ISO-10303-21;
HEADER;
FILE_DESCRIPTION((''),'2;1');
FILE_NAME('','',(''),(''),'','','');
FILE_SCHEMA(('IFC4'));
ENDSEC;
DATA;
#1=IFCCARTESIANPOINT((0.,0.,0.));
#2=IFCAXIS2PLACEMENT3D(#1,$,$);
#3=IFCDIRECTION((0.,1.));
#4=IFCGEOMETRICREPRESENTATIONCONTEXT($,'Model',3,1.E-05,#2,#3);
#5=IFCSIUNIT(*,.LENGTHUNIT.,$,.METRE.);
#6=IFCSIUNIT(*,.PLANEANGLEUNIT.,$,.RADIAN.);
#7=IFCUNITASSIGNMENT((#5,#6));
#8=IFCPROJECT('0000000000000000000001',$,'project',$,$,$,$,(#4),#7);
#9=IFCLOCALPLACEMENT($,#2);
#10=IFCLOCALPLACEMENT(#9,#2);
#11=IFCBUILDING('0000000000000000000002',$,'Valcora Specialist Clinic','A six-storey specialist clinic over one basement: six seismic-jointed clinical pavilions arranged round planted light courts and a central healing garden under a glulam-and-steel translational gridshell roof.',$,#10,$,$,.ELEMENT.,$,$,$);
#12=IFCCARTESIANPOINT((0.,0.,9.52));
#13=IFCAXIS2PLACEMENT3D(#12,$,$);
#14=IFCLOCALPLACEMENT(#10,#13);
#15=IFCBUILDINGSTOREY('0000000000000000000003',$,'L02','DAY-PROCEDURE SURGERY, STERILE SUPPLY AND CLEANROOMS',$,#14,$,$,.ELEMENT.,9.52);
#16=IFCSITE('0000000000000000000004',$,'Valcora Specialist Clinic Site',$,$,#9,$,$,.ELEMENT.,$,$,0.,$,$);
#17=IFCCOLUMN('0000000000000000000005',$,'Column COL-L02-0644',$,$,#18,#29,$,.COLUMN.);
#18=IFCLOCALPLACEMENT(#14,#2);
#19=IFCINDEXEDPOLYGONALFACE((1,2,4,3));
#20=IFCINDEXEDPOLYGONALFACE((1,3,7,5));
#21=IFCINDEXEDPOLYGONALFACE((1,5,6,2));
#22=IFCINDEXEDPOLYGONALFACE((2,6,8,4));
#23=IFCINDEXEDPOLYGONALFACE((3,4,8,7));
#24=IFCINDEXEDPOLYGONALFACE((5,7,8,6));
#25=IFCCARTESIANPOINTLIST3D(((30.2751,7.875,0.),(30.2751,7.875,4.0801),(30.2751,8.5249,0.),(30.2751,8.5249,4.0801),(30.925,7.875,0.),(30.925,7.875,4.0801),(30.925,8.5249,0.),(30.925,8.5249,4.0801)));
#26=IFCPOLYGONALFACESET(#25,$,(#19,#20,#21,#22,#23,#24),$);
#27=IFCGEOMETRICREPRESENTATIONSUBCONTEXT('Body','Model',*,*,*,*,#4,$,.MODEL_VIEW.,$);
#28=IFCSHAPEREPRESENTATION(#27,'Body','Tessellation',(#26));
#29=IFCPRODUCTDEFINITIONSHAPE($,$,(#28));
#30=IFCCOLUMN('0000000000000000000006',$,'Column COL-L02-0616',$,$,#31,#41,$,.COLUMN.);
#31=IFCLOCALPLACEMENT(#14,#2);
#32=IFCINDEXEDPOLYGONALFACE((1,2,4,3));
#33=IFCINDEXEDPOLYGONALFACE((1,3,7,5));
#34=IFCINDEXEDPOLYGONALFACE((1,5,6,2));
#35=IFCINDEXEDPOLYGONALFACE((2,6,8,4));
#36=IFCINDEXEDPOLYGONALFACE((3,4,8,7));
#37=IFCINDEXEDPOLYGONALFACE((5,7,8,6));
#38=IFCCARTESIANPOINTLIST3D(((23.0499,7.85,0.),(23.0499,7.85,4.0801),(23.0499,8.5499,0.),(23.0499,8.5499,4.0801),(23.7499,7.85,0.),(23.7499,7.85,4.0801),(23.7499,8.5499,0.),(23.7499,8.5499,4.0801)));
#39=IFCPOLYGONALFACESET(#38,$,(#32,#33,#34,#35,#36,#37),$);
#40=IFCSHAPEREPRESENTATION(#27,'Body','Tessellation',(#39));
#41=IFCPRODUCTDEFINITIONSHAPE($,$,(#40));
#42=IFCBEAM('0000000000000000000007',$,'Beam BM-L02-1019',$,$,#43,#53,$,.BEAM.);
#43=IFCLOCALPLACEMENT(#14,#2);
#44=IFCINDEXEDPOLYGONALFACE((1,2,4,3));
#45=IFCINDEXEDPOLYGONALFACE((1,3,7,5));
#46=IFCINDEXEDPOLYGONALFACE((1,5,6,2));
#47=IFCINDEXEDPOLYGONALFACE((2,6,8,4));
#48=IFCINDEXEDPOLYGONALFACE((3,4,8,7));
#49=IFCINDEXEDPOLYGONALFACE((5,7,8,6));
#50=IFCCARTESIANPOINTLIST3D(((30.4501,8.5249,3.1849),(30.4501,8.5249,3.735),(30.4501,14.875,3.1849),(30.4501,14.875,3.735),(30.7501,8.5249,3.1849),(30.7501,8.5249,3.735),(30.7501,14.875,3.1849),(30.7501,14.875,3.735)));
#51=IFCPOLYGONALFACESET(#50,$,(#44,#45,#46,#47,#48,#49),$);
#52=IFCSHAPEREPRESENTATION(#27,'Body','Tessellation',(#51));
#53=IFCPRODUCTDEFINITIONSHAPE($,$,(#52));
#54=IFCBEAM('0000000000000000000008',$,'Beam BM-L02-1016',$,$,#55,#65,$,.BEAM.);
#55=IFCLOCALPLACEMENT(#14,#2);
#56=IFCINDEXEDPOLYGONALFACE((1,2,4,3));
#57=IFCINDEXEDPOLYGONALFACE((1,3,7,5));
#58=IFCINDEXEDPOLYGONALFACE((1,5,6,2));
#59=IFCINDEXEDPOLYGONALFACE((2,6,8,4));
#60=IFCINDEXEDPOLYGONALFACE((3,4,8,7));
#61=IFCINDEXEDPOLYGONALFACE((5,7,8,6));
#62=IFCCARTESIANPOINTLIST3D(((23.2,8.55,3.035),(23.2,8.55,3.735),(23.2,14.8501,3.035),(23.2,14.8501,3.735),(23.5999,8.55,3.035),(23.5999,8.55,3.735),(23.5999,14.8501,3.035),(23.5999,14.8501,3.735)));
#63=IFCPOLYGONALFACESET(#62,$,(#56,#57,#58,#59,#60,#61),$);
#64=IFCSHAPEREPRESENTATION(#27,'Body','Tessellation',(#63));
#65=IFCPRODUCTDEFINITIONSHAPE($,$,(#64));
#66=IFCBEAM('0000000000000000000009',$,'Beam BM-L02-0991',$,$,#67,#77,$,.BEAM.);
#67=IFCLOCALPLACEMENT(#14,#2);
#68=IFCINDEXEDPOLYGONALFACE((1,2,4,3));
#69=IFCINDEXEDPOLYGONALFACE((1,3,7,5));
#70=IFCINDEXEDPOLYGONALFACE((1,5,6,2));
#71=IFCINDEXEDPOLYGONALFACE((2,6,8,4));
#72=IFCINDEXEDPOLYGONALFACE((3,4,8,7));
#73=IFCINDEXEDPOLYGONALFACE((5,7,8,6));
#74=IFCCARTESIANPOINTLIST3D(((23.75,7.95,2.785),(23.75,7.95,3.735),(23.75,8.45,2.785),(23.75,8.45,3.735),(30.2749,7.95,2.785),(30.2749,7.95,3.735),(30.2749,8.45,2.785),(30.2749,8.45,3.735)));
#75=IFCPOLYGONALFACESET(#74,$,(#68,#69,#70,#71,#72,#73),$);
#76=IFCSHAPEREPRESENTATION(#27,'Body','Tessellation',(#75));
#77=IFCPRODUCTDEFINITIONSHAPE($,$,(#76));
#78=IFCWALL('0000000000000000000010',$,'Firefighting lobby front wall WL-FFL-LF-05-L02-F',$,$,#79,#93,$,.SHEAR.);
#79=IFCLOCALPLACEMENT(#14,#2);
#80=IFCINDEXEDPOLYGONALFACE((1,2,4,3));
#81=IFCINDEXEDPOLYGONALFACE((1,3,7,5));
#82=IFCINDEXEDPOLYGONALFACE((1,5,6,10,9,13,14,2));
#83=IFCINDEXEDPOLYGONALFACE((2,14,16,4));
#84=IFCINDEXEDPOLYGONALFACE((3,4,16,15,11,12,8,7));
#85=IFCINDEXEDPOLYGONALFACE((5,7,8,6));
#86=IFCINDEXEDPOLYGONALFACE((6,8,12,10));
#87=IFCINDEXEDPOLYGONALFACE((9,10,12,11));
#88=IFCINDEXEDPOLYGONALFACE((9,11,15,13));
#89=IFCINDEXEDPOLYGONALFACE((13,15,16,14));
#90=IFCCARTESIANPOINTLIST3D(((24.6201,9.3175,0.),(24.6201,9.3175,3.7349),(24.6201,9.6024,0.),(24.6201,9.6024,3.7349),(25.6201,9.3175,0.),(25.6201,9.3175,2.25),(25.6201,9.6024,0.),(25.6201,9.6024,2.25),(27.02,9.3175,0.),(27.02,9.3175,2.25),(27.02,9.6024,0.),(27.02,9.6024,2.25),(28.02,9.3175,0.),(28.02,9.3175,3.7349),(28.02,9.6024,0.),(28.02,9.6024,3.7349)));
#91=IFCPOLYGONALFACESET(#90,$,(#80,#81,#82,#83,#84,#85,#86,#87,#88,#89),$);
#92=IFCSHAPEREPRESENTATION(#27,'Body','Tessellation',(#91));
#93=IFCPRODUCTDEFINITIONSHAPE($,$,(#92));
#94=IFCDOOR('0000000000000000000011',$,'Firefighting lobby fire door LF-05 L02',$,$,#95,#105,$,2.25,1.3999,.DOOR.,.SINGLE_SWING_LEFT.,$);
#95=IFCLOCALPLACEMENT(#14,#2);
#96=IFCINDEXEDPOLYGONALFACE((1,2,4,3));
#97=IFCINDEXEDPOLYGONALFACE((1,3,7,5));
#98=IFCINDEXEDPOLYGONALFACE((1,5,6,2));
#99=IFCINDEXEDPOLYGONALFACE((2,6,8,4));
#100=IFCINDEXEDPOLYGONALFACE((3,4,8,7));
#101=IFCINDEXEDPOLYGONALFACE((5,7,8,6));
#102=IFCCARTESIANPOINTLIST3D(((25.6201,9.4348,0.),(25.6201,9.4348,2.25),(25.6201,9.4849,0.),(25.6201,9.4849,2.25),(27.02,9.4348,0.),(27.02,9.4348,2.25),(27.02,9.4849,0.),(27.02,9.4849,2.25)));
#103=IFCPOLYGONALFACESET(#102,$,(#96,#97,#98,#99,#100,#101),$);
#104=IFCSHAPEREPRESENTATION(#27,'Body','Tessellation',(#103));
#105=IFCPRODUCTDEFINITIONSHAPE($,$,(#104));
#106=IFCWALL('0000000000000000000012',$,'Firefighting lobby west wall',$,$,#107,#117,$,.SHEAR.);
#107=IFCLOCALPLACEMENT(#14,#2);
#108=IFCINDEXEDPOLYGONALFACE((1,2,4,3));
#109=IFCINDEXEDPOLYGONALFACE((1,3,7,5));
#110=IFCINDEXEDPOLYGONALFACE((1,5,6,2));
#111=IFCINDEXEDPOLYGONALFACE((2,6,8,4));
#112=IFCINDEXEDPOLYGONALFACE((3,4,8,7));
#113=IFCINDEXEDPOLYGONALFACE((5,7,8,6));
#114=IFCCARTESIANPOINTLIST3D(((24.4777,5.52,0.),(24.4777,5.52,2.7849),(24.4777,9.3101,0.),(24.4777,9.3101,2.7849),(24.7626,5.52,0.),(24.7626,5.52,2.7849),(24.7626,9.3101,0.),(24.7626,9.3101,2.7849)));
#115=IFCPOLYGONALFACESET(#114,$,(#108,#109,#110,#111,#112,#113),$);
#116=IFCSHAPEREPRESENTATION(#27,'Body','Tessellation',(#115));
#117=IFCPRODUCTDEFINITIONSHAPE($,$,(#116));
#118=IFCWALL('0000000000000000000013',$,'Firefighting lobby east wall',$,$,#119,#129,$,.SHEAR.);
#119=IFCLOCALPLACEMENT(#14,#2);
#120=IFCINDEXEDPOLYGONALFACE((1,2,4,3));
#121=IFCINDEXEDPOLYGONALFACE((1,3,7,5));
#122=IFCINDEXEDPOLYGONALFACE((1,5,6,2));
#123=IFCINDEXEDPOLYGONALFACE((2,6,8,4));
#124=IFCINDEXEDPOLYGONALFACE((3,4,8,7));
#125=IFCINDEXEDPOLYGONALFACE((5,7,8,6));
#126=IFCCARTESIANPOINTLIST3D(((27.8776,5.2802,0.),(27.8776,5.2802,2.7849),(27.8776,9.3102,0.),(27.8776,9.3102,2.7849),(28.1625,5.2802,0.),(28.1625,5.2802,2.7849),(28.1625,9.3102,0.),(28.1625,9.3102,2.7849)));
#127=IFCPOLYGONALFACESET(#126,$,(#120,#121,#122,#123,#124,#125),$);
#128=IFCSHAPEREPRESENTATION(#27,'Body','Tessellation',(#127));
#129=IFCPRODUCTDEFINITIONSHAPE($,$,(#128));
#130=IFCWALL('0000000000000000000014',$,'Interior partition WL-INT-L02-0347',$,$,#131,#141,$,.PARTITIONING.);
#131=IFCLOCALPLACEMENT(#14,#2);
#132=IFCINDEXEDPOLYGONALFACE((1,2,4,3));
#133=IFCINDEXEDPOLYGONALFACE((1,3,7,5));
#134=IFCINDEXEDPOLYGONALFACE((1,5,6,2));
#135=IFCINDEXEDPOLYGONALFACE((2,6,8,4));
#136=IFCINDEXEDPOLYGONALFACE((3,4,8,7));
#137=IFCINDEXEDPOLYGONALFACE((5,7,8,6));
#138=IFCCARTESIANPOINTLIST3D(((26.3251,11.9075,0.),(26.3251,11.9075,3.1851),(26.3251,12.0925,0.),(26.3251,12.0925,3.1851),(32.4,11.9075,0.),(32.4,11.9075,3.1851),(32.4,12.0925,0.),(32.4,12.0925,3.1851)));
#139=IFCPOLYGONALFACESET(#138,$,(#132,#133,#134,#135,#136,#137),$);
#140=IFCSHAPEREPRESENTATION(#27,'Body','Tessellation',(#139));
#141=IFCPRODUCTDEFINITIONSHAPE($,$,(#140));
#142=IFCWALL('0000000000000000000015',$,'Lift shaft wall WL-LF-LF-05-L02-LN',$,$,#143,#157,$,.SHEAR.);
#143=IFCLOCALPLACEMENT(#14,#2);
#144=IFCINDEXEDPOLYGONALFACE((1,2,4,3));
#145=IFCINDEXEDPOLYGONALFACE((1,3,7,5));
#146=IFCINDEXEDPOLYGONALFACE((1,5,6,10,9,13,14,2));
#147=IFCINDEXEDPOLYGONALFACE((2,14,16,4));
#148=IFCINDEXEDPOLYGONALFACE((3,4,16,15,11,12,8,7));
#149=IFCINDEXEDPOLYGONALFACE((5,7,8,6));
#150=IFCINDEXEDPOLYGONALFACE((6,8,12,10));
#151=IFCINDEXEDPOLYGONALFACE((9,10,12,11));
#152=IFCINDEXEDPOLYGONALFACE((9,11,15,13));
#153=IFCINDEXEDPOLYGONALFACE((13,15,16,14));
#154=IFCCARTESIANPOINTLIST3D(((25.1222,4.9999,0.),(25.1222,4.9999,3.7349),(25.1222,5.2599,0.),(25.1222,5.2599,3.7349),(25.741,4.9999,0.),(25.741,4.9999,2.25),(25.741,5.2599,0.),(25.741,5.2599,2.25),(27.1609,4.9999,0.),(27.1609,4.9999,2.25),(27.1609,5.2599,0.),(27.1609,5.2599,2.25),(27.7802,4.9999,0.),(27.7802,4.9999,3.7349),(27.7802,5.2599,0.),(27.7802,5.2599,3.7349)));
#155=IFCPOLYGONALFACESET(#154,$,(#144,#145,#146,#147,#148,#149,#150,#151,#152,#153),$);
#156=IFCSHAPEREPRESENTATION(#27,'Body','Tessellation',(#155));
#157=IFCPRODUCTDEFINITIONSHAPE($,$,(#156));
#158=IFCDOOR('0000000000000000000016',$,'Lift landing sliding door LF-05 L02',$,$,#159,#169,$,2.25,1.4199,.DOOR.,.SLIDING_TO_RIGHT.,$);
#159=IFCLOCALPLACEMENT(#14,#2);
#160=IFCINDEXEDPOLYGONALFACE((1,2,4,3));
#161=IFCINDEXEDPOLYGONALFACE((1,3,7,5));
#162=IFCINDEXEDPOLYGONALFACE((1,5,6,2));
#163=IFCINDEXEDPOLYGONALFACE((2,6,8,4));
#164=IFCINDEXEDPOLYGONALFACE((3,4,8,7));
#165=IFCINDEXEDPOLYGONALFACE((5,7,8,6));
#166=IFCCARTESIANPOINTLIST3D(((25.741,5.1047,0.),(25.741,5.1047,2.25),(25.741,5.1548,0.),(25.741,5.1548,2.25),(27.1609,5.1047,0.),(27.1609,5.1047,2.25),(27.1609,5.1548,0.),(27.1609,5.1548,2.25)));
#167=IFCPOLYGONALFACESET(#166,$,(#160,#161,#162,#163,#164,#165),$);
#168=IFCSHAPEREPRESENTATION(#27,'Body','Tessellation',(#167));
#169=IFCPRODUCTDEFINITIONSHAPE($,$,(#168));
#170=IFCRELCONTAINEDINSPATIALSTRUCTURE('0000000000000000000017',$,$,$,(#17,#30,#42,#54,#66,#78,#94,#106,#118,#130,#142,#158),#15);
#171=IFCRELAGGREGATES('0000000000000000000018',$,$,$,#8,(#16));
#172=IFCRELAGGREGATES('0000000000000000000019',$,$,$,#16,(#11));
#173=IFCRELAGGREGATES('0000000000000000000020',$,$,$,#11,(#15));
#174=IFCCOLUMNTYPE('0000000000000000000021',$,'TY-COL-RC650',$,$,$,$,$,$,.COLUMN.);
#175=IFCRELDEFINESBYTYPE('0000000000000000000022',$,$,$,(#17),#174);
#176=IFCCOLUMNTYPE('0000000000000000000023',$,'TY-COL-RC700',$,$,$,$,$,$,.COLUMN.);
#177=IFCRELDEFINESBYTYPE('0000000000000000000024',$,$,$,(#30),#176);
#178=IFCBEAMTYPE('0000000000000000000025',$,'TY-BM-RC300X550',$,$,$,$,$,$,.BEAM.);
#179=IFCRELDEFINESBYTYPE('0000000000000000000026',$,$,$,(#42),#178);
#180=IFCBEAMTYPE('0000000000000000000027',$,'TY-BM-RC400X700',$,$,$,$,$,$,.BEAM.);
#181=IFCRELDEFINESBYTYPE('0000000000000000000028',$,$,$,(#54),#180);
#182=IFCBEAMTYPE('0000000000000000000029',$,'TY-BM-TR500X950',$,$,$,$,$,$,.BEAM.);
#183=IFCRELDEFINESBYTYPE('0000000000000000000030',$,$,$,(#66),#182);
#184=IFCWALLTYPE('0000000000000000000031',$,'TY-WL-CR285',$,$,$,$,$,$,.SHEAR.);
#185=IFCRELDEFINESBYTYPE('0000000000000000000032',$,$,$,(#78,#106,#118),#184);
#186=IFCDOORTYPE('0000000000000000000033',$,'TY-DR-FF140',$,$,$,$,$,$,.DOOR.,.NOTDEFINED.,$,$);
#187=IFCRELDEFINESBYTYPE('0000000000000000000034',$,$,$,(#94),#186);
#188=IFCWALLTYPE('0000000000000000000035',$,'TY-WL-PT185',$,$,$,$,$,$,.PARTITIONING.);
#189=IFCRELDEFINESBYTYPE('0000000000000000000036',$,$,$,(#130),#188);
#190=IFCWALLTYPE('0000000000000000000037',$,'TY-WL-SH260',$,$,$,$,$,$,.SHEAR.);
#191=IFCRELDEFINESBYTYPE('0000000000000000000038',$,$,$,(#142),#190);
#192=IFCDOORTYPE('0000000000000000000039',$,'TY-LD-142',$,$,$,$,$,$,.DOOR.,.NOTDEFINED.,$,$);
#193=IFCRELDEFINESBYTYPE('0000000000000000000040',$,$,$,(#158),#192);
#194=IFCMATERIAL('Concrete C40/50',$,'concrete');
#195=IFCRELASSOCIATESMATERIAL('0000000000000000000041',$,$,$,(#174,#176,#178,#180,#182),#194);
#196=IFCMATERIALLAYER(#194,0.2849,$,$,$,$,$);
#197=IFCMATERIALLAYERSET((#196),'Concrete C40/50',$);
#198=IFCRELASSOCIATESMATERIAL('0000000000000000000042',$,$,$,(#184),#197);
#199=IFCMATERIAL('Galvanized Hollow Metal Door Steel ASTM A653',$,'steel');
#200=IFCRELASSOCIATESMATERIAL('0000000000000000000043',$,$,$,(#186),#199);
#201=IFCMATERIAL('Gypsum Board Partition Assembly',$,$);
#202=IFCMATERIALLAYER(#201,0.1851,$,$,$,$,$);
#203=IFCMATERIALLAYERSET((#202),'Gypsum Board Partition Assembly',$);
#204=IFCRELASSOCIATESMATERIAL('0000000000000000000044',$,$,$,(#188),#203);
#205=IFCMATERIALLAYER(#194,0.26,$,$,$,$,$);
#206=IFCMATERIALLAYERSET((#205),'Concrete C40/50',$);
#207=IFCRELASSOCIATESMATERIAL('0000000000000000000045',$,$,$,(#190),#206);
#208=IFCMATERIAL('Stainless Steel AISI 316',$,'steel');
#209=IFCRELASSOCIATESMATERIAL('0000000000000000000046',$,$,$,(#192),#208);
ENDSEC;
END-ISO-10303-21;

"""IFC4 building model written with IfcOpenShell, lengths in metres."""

from ifc_helpers import new_model, si_unit, direction, frame, frame_2d, origin, origin_2d, place, context, subcontext, project, spatial, rectangle, extrude, material, layer, layer_set, material_profile, profile_set, type_object, element, fill, save


model = new_model("IFC4")

# Units and contexts
model_context = context("Model", 3, precision=1e-05, world=origin(), true_north=direction((0.0, 1.0)))
body_context = subcontext(model_context, "Body", "Model", "MODEL_VIEW")
ifc_project = project(units=[si_unit("LENGTHUNIT", "METRE"), si_unit("PLANEANGLEUNIT", "RADIAN")], contexts=[model_context])

# Site, building, storey
site_placement = place(None, origin())
site = spatial("IfcSite", under=ifc_project, at=site_placement, Name="Valcora Specialist Clinic Site", CompositionType="ELEMENT", RefElevation=0.0)
building_placement = place(site_placement, origin())
building = spatial("IfcBuilding", under=site, at=building_placement, Name="Valcora Specialist Clinic", Description="A six-storey specialist clinic over one basement: six seismic-jointed clinical pavilions arranged round planted light courts and a central healing garden under a glulam-and-steel translational gridshell roof.", CompositionType="ELEMENT")
storey_placement = place(building_placement, frame((0.0, 0.0, 9.52)))
storey = spatial("IfcBuildingStorey", under=building, at=storey_placement, Name="L02", Description="DAY-PROCEDURE SURGERY, STERILE SUPPLY AND CLEANROOMS", CompositionType="ELEMENT", Elevation=9.52)

# Columns
ifc_material_1 = material(Name="Concrete C40/50", Category="concrete")
ifc_material_profile_1 = material_profile(ifc_material_1, rectangle(XDim=0.6499, YDim=0.6499, at=origin_2d()), Name="RC-COL-650X650")
ifc_profile_set_1 = profile_set([ifc_material_profile_1], Name="Concrete C40/50")
column_type_1 = type_object("IfcColumnType", Name="TY-COL-RC650", PredefinedType="COLUMN", material=ifc_profile_set_1)
column_1_placement = place(storey_placement, frame((30.6001, 8.2, 0.0), z_axis=(0.0, 0.0, 1.0), x_axis=(1.0, 0.0, 0.0)))
element("IfcColumn", 1, at=column_1_placement, inside=storey, type_object=column_type_1, Name="Column COL-L02-0644", PredefinedType="COLUMN", context=body_context, shape_type="SweptSolid", body=[
    extrude(rectangle(XDim=0.6499, YDim=0.6499, at=origin_2d()), origin(), (0.0, 0.0, 1.0), 4.0801),
])
ifc_material_profile_2 = material_profile(ifc_material_1, rectangle(XDim=0.7, YDim=0.7, at=origin_2d()), Name="RC-COL-700X700")
ifc_profile_set_2 = profile_set([ifc_material_profile_2], Name="Concrete C40/50")
column_type_2 = type_object("IfcColumnType", Name="TY-COL-RC700", PredefinedType="COLUMN", material=ifc_profile_set_2)
column_2_placement = place(storey_placement, frame((23.3999, 8.2, 0.0), z_axis=(0.0, 0.0, 1.0), x_axis=(1.0, 0.0, 0.0)))
element("IfcColumn", 2, at=column_2_placement, inside=storey, type_object=column_type_2, Name="Column COL-L02-0616", PredefinedType="COLUMN", context=body_context, shape_type="SweptSolid", body=[
    extrude(rectangle(XDim=0.7, YDim=0.7, at=origin_2d()), origin(), (0.0, 0.0, 1.0), 4.0801),
])

# Beams
ifc_material_profile_3 = material_profile(ifc_material_1, rectangle(XDim=0.3, YDim=0.55, at=origin_2d()), Name="RC-BM-300X550")
ifc_profile_set_3 = profile_set([ifc_material_profile_3], Name="Concrete C40/50")
beam_type_1 = type_object("IfcBeamType", Name="TY-BM-RC300X550", PredefinedType="BEAM", material=ifc_profile_set_3)
beam_1_placement = place(storey_placement, frame((30.6001, 8.5249, 3.46), z_axis=(0.0, 1.0, 0.0), x_axis=(-1.0, 0.0, 0.0)))
element("IfcBeam", 3, at=beam_1_placement, inside=storey, type_object=beam_type_1, Name="Beam BM-L02-1019", PredefinedType="BEAM", context=body_context, shape_type="SweptSolid", body=[
    extrude(rectangle(XDim=0.3, YDim=0.55, at=origin_2d()), origin(), (0.0, 0.0, 1.0), 6.3501),
])
ifc_material_profile_4 = material_profile(ifc_material_1, rectangle(XDim=0.3999, YDim=0.7, at=origin_2d()), Name="RC-BM-400X700")
ifc_profile_set_4 = profile_set([ifc_material_profile_4], Name="Concrete C40/50")
beam_type_2 = type_object("IfcBeamType", Name="TY-BM-RC400X700", PredefinedType="BEAM", material=ifc_profile_set_4)
beam_2_placement = place(storey_placement, frame((23.3999, 8.55, 3.385), z_axis=(0.0, 1.0, 0.0), x_axis=(-1.0, 0.0, 0.0)))
element("IfcBeam", 4, at=beam_2_placement, inside=storey, type_object=beam_type_2, Name="Beam BM-L02-1016", PredefinedType="BEAM", context=body_context, shape_type="SweptSolid", body=[
    extrude(rectangle(XDim=0.3999, YDim=0.7, at=origin_2d()), origin(), (0.0, 0.0, 1.0), 6.3),
])
ifc_material_profile_5 = material_profile(ifc_material_1, rectangle(XDim=0.5, YDim=0.95, at=origin_2d()), Name="RC-BM-500X950")
ifc_profile_set_5 = profile_set([ifc_material_profile_5], Name="Concrete C40/50")
beam_type_3 = type_object("IfcBeamType", Name="TY-BM-TR500X950", PredefinedType="BEAM", material=ifc_profile_set_5)
beam_3_placement = place(storey_placement, frame((23.75, 8.2, 3.26), z_axis=(1.0, 0.0, 0.0), x_axis=(0.0, 1.0, 0.0)))
element("IfcBeam", 5, at=beam_3_placement, inside=storey, type_object=beam_type_3, Name="Beam BM-L02-0991", PredefinedType="BEAM", context=body_context, shape_type="SweptSolid", body=[
    extrude(rectangle(XDim=0.5, YDim=0.95, at=origin_2d()), origin(), (0.0, 0.0, 1.0), 6.5249),
])

# Wall, opening, door
ifc_layer_1 = layer(ifc_material_1, 0.2849)
ifc_layer_set_1 = layer_set([ifc_layer_1], Name="Concrete C40/50")
wall_type_1 = type_object("IfcWallType", Name="TY-WL-CR285", PredefinedType="SHEAR", material=ifc_layer_set_1)
wall_1_placement = place(storey_placement, frame((24.6201, 9.46, 0.0), z_axis=(0.0, 0.0, 1.0), x_axis=(1.0, 0.0, 0.0)))
wall_1 = element("IfcWall", 6, at=wall_1_placement, inside=storey, type_object=wall_type_1, Name="Firefighting lobby front wall WL-FFL-LF-05-L02-F", PredefinedType="SHEAR", context=body_context, shape_type="SweptSolid", body=[
    extrude(rectangle(XDim=3.3999, YDim=0.2849, at=frame_2d((1.7, 0.0))), origin(), (0.0, 0.0, 1.0), 3.7349),
])
opening_1_placement = place(wall_1_placement, frame((1.0, 0.0, 0.0)))
opening_1 = element("IfcOpeningElement", 7, at=opening_1_placement, cuts=wall_1, PredefinedType="OPENING", context=body_context, shape_type="SweptSolid", body=[
    extrude(rectangle(XDim=1.3999, YDim=2.25, at=frame_2d((0.7, 1.125))), frame((0.0, 0.1523, 0.0), z_axis=(0.0, -1.0, 0.0), x_axis=(1.0, 0.0, 0.0)), (0.0, 0.0, 1.0), 0.3049),
])
ifc_material_2 = material(Name="Galvanized Hollow Metal Door Steel ASTM A653", Category="steel")
door_type_1 = type_object("IfcDoorType", Name="TY-DR-FF140", OperationType="NOTDEFINED", PredefinedType="DOOR", material=ifc_material_2)
door_1_placement = place(opening_1_placement, origin())
door_1 = element("IfcDoor", 8, at=door_1_placement, inside=storey, type_object=door_type_1, Name="Firefighting lobby fire door LF-05 L02", OperationType="SINGLE_SWING_LEFT", OverallHeight=2.25, OverallWidth=1.3999, PredefinedType="DOOR", context=body_context, shape_type="SweptSolid", body=[
    extrude(rectangle(XDim=1.3999, YDim=2.25, at=frame_2d((0.7, 1.125))), frame((0.0, 0.0249, 0.0), z_axis=(0.0, -1.0, 0.0), x_axis=(1.0, 0.0, 0.0)), (0.0, 0.0, 1.0), 0.05),
])
fill(opening_1, door_1)

# Walls
wall_2_placement = place(storey_placement, frame((24.6201, 5.52, 0.0), z_axis=(0.0, 0.0, 1.0), x_axis=(0.0, 1.0, 0.0)))
element("IfcWall", 9, at=wall_2_placement, inside=storey, type_object=wall_type_1, Name="Firefighting lobby west wall", PredefinedType="SHEAR", context=body_context, shape_type="SweptSolid", body=[
    extrude(rectangle(XDim=3.79, YDim=0.2849, at=frame_2d((1.895, 0.0))), origin(), (0.0, 0.0, 1.0), 2.7849),
])
wall_3_placement = place(storey_placement, frame((28.02, 5.28, 0.0), z_axis=(0.0, 0.0, 1.0), x_axis=(0.0, 1.0, 0.0)))
element("IfcWall", 10, at=wall_3_placement, inside=storey, type_object=wall_type_1, Name="Firefighting lobby east wall", PredefinedType="SHEAR", context=body_context, shape_type="SweptSolid", body=[
    extrude(rectangle(XDim=4.03, YDim=0.2849, at=frame_2d((2.0151, 0.0))), origin(), (0.0, 0.0, 1.0), 2.7849),
])

# Shared definitions
ifc_material_3 = material(Name="Gypsum Board Partition Assembly")
ifc_layer_2 = layer(ifc_material_3, 0.1851)
ifc_layer_set_2 = layer_set([ifc_layer_2], Name="Gypsum Board Partition Assembly")
wall_type_2 = type_object("IfcWallType", Name="TY-WL-PT185", PredefinedType="PARTITIONING", material=ifc_layer_set_2)
ifc_material_4 = material(Name="Stainless Steel AISI 316", Category="steel")

# Wall
wall_4_placement = place(storey_placement, frame((26.325, 12.0, 0.0), z_axis=(0.0, 0.0, 1.0), x_axis=(1.0, 0.0, 0.0)))
element("IfcWall", 11, at=wall_4_placement, inside=storey, type_object=wall_type_2, Name="Interior partition WL-INT-L02-0347", PredefinedType="PARTITIONING", context=body_context, shape_type="SweptSolid", body=[
    extrude(rectangle(XDim=6.075, YDim=0.1851, at=frame_2d((3.0376, 0.0))), origin(), (0.0, 0.0, 1.0), 3.1851),
])

# Wall, opening, door
ifc_layer_3 = layer(ifc_material_1, 0.26)
ifc_layer_set_3 = layer_set([ifc_layer_3], Name="Concrete C40/50")
wall_type_3 = type_object("IfcWallType", Name="TY-WL-SH260", PredefinedType="SHEAR", material=ifc_layer_set_3)
wall_5_placement = place(storey_placement, frame((25.1221, 5.1299, 0.0), z_axis=(0.0, 0.0, 1.0), x_axis=(1.0, 0.0, 0.0)))
wall_5 = element("IfcWall", 12, at=wall_5_placement, inside=storey, type_object=wall_type_3, Name="Lift shaft wall WL-LF-LF-05-L02-LN", PredefinedType="SHEAR", context=body_context, shape_type="SweptSolid", body=[
    extrude(rectangle(XDim=2.658, YDim=0.26, at=frame_2d((1.3291, 0.0))), origin(), (0.0, 0.0, 1.0), 3.7349),
])
opening_2_placement = place(wall_5_placement, frame((0.6189, 0.0, 0.0)))
opening_2 = element("IfcOpeningElement", 13, at=opening_2_placement, cuts=wall_5, PredefinedType="OPENING", context=body_context, shape_type="SweptSolid", body=[
    extrude(rectangle(XDim=1.4199, YDim=2.25, at=frame_2d((0.71, 1.125))), frame((0.0, 0.1399, 0.0), z_axis=(0.0, -1.0, 0.0), x_axis=(1.0, 0.0, 0.0)), (0.0, 0.0, 1.0), 0.28),
])
door_type_2 = type_object("IfcDoorType", Name="TY-LD-142", OperationType="NOTDEFINED", PredefinedType="DOOR", material=ifc_material_4)
door_2_placement = place(opening_2_placement, origin())
door_2 = element("IfcDoor", 14, at=door_2_placement, inside=storey, type_object=door_type_2, Name="Lift landing sliding door LF-05 L02", OperationType="SLIDING_TO_RIGHT", OverallHeight=2.25, OverallWidth=1.4199, PredefinedType="DOOR", context=body_context, shape_type="SweptSolid", body=[
    extrude(rectangle(XDim=1.4199, YDim=2.25, at=frame_2d((0.71, 1.125))), frame((0.0, 0.0249, 0.0), z_axis=(0.0, -1.0, 0.0), x_axis=(1.0, 0.0, 0.0)), (0.0, 0.0, 1.0), 0.05),
])
fill(opening_2, door_2)

save(model, "model.ifc")
